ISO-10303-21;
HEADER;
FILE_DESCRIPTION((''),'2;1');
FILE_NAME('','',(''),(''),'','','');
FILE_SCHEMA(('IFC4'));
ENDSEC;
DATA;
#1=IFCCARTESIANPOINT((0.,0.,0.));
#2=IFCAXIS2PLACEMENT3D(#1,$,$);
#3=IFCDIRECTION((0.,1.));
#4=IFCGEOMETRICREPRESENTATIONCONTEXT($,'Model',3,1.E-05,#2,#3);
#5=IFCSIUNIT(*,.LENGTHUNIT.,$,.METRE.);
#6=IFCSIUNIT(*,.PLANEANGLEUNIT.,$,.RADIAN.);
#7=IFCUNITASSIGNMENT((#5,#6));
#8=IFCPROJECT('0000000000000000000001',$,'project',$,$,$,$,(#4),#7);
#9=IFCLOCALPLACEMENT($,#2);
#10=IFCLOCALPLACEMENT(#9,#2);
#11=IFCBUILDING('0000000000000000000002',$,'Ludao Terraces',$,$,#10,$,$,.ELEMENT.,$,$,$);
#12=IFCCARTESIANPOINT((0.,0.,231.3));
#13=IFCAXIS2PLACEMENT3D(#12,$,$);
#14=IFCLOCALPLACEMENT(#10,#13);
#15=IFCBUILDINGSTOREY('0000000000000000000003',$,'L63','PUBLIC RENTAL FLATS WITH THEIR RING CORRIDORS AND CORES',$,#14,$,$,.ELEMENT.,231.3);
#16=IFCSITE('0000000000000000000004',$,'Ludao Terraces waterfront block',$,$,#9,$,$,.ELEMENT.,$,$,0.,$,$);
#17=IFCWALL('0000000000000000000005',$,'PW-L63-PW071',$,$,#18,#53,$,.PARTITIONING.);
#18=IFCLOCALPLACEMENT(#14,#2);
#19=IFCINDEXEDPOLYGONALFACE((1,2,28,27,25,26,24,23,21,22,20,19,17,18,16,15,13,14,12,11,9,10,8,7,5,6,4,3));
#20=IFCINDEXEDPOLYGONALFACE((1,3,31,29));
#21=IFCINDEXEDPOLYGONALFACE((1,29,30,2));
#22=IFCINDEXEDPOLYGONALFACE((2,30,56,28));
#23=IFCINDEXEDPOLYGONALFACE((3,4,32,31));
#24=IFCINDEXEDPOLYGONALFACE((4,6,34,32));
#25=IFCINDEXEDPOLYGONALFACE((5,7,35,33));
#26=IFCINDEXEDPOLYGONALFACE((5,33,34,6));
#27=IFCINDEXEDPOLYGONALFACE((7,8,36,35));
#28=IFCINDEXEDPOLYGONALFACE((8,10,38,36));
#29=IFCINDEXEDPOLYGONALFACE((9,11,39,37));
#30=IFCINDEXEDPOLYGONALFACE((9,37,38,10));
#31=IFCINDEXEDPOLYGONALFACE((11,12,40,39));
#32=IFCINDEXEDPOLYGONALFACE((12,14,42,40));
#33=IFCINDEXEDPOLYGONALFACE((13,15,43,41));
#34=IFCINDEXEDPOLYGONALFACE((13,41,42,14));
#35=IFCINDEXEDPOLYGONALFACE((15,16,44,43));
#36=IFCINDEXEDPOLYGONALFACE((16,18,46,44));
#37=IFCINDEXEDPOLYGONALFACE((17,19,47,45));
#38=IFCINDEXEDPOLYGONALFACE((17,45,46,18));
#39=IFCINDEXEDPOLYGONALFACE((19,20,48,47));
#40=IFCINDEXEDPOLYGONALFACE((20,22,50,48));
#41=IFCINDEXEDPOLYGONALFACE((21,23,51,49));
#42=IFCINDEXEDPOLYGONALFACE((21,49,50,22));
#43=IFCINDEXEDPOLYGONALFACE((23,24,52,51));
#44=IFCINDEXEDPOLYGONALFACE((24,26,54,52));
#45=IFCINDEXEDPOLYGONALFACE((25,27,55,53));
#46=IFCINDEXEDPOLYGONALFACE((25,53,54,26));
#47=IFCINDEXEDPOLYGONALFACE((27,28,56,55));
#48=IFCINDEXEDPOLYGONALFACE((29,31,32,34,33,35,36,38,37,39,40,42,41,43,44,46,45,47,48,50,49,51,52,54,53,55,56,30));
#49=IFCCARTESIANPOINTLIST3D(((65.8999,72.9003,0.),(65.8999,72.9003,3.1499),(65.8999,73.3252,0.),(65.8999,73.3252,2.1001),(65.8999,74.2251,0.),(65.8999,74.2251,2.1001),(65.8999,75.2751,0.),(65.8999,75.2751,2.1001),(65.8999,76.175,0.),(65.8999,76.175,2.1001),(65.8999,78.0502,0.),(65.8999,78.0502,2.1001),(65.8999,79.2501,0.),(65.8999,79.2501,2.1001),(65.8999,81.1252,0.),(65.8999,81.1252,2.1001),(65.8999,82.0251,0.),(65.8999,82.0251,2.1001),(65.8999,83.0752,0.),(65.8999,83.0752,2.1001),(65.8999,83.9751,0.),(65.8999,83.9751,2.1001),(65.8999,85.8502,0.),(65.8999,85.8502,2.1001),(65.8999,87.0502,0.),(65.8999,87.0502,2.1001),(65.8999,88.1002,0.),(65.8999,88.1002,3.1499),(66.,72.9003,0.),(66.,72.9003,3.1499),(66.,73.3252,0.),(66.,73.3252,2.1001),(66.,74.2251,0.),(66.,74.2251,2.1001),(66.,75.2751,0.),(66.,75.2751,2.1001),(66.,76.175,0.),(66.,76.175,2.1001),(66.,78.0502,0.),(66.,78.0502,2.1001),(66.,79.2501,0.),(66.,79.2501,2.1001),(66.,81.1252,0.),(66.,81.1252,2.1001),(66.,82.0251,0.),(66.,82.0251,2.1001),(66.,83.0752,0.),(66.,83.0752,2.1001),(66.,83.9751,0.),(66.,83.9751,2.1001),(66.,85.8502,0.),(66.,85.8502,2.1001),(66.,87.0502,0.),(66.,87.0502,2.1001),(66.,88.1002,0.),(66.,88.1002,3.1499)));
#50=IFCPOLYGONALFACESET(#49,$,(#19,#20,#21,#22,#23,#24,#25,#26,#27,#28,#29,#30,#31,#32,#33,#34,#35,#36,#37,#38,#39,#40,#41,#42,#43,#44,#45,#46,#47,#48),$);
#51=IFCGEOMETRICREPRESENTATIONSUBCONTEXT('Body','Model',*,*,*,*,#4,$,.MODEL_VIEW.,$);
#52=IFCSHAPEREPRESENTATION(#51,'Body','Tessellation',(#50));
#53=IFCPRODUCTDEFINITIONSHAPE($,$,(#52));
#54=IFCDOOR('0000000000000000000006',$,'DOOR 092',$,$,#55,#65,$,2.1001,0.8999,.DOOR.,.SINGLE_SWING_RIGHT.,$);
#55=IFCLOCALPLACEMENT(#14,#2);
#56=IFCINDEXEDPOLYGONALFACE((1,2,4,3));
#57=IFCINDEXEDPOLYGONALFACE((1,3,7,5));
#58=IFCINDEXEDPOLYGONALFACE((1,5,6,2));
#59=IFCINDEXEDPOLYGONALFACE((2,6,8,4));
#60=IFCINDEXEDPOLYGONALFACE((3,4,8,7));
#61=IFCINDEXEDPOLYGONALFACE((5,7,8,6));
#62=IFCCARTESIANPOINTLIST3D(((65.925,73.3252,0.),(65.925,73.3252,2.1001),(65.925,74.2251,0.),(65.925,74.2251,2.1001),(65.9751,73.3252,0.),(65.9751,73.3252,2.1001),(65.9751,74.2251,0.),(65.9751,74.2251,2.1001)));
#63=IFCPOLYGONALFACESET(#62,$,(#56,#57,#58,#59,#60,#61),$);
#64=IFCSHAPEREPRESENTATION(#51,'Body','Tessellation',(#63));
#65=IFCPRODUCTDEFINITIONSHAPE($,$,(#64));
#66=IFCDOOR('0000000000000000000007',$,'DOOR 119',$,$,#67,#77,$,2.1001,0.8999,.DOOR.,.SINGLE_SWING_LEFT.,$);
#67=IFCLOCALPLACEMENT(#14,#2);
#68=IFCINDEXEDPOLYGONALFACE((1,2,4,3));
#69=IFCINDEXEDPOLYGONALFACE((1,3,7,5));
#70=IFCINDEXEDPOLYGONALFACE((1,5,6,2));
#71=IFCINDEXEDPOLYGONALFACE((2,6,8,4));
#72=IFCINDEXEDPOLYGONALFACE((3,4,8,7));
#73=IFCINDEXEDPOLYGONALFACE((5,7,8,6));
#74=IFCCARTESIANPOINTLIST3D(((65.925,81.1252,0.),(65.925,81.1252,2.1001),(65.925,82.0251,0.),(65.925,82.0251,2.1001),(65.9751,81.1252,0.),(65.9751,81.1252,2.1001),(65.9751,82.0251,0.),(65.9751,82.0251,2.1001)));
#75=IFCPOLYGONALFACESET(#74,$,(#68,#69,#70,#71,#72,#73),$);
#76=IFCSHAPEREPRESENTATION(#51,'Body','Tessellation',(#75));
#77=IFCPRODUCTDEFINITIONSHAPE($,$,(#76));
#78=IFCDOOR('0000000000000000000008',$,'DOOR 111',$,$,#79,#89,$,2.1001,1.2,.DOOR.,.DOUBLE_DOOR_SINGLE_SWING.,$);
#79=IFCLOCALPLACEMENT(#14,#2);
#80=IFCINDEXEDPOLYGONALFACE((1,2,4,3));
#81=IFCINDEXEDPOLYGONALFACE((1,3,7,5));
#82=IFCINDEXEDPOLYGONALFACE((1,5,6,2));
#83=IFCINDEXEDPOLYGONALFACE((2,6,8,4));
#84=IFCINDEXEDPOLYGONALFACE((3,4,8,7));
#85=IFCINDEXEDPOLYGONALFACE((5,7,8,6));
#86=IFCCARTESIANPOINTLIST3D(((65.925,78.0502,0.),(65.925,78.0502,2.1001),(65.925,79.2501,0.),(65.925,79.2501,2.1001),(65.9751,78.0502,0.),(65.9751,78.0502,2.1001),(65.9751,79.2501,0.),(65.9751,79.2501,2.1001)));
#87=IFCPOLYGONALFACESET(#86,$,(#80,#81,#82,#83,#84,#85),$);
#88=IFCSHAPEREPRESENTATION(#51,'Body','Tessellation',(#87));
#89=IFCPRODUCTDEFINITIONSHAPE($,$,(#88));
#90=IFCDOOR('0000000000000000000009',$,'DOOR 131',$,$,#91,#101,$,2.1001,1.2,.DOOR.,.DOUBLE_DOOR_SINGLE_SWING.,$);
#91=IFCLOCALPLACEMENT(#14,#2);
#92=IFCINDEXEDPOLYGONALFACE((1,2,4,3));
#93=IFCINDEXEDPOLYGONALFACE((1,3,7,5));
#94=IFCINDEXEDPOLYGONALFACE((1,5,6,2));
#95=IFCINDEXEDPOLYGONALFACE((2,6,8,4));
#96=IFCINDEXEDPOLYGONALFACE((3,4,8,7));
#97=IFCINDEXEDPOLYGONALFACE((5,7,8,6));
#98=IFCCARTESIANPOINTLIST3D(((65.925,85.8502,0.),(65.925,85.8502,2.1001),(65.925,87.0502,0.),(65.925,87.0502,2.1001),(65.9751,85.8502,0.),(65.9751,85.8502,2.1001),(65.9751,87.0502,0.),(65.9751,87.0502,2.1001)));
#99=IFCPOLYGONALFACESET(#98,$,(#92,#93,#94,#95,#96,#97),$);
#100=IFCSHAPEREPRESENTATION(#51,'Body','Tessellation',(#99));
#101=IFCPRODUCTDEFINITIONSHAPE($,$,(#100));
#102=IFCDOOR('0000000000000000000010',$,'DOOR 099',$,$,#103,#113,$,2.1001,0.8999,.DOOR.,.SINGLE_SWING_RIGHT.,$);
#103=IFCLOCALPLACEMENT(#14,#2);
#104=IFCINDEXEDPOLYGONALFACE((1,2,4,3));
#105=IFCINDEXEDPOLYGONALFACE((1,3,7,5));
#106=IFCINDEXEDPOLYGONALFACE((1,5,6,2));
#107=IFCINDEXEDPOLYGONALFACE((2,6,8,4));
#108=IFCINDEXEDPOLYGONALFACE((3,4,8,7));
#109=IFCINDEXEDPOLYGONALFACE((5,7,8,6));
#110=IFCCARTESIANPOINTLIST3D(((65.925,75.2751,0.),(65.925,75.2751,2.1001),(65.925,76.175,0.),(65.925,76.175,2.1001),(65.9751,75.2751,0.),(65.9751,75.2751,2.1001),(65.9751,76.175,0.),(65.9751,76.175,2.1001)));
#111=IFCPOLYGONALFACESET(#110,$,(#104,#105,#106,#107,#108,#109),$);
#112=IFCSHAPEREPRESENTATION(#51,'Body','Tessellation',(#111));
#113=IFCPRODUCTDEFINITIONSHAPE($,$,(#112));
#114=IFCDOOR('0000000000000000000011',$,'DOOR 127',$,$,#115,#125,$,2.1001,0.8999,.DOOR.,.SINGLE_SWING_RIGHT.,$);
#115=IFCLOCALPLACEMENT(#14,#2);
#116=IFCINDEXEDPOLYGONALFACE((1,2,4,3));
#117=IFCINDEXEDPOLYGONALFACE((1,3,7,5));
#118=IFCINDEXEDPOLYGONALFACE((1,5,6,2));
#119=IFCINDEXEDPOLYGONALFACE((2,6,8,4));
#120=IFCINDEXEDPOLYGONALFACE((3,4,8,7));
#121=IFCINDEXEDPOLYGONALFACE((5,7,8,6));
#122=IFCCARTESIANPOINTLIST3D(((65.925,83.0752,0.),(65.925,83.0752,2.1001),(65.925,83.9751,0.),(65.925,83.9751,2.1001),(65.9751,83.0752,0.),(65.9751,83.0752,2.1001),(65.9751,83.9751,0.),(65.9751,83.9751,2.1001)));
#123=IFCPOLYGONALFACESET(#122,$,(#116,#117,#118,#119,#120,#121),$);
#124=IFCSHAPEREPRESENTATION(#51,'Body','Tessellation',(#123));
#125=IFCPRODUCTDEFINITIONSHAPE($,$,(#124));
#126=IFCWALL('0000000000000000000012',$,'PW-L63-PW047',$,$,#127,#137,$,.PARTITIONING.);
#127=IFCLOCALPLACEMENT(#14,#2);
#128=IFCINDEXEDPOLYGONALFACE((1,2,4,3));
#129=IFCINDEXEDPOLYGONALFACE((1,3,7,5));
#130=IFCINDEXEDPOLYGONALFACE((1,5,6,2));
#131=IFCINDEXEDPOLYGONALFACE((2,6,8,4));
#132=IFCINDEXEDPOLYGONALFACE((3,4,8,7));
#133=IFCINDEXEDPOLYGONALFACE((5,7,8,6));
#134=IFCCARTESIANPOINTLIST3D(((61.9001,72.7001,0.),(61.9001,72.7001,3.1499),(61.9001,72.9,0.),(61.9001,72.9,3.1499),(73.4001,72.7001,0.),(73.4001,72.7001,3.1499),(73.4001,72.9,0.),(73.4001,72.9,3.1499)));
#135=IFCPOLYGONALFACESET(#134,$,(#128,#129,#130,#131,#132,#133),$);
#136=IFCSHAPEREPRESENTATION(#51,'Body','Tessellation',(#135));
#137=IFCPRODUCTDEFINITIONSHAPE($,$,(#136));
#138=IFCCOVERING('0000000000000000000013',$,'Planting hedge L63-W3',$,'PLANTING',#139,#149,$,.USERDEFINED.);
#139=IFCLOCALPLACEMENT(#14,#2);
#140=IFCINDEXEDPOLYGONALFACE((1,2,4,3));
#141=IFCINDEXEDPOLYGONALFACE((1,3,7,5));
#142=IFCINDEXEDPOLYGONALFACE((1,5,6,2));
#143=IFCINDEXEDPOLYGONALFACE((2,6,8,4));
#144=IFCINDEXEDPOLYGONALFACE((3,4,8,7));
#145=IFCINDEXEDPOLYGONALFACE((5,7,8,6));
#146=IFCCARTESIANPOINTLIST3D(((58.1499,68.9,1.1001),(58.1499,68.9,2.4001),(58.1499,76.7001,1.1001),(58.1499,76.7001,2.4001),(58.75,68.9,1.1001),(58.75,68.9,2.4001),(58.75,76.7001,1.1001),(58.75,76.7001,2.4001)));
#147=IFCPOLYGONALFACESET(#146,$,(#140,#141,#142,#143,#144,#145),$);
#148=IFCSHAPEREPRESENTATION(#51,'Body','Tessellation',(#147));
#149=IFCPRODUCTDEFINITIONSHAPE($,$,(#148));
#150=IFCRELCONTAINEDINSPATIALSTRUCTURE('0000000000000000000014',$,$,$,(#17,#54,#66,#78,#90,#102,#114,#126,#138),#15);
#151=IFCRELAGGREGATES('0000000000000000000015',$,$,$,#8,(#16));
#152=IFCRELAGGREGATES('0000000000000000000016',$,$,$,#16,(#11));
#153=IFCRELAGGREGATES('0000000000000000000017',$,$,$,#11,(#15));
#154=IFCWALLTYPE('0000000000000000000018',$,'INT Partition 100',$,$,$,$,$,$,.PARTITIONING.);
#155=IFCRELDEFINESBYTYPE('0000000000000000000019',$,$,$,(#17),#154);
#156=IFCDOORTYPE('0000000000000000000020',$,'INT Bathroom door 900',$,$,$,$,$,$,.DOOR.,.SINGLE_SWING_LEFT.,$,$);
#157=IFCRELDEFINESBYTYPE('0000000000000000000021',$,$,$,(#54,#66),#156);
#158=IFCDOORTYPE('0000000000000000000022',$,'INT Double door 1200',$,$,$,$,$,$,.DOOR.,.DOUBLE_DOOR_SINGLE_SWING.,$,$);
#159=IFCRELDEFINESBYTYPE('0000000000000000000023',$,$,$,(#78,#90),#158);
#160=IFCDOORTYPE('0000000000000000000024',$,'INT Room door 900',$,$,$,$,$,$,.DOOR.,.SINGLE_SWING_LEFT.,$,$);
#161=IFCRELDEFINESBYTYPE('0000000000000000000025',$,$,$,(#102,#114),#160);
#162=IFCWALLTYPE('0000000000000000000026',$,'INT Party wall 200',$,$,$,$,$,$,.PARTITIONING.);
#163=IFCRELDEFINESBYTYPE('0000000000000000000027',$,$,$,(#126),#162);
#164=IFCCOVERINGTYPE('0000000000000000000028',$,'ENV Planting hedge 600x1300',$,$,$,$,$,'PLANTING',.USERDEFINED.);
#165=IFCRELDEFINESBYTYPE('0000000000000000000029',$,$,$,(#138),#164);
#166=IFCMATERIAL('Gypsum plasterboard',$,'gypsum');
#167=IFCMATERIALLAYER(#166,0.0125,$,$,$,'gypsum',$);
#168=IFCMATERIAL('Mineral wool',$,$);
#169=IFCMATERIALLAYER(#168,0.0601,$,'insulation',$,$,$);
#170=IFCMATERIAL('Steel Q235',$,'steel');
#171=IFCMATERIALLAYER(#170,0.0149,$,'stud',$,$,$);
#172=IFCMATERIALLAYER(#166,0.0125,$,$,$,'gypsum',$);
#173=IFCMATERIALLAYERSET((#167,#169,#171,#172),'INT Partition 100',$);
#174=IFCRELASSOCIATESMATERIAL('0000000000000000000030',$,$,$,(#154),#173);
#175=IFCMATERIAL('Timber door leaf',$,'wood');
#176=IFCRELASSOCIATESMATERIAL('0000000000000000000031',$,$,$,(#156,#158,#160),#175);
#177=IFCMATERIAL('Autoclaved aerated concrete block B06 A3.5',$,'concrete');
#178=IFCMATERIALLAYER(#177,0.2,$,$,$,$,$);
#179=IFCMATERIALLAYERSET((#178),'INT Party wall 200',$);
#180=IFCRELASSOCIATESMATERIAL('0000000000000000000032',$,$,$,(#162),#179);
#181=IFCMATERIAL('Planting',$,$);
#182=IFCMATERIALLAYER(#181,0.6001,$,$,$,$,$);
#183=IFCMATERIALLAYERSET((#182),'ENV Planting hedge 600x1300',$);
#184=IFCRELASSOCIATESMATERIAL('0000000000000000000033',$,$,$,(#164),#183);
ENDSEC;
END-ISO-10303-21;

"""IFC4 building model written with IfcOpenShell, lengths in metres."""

from ifc_helpers import new_model, si_unit, direction, frame, frame_2d, origin, origin_2d, place, context, subcontext, project, spatial, rectangle, extrude, material, layer, layer_set, type_object, element, fill, save


model = new_model("IFC4")

# Units and contexts
model_context = context("Model", 3, precision=1e-05, world=origin(), true_north=direction((0.0, 1.0)))
body_context = subcontext(model_context, "Body", "Model", "MODEL_VIEW")
ifc_project = project(units=[si_unit("LENGTHUNIT", "METRE"), si_unit("PLANEANGLEUNIT", "RADIAN")], contexts=[model_context])

# Site, building, storey
site_placement = place(None, origin())
site = spatial("IfcSite", under=ifc_project, at=site_placement, Name="Ludao Terraces waterfront block", CompositionType="ELEMENT", RefElevation=0.0)
building_placement = place(site_placement, origin())
building = spatial("IfcBuilding", under=site, at=building_placement, Name="Ludao Terraces", CompositionType="ELEMENT")
storey_placement = place(building_placement, frame((0.0, 0.0, 231.3)))
storey = spatial("IfcBuildingStorey", under=building, at=storey_placement, Name="L63", Description="PUBLIC RENTAL FLATS WITH THEIR RING CORRIDORS AND CORES", CompositionType="ELEMENT", Elevation=231.3)

# Shared definitions
ifc_material_1 = material(Name="Mineral wool")

# Shared definitions
ifc_material_2 = material(Name="Gypsum plasterboard", Category="gypsum")
ifc_layer_1 = layer(ifc_material_2, 0.0125, Category="gypsum")
ifc_layer_2 = layer(ifc_material_1, 0.0601, Name="insulation")
ifc_material_3 = material(Name="Steel Q235", Category="steel")
ifc_layer_3 = layer(ifc_material_3, 0.0149, Name="stud")
ifc_layer_4 = layer(ifc_material_2, 0.0125, Category="gypsum")
ifc_layer_set_1 = layer_set([ifc_layer_1, ifc_layer_2, ifc_layer_3, ifc_layer_4], Name="INT Partition 100")
wall_type_1 = type_object("IfcWallType", Name="INT Partition 100", PredefinedType="PARTITIONING", material=ifc_layer_set_1)

# Wall, openings, doors
wall_1_placement = place(storey_placement, frame((65.95, 72.9001, 0.0), z_axis=(0.0, 0.0, 1.0), x_axis=(0.0, 1.0, 0.0)))
wall_1 = element("IfcWall", 1, at=wall_1_placement, inside=storey, type_object=wall_type_1, Name="PW-L63-PW071", PredefinedType="PARTITIONING", context=body_context, shape_type="SweptSolid", body=[
    extrude(rectangle(XDim=15.2, YDim=0.1001, at=frame_2d((7.6001, 0.0))), origin(), (0.0, 0.0, 1.0), 3.1499),
])
opening_1_placement = place(wall_1_placement, frame((0.425, 0.0, 0.0)))
opening_1 = element("IfcOpeningElement", 2, at=opening_1_placement, cuts=wall_1, PredefinedType="OPENING", context=body_context, shape_type="SweptSolid", body=[
    extrude(rectangle(XDim=0.8999, YDim=2.1001, at=frame_2d((0.45, 1.05))), frame((0.0, 0.0601, 0.0), z_axis=(0.0, -1.0, 0.0), x_axis=(1.0, 0.0, 0.0)), (0.0, 0.0, 1.0), 0.1201),
])
opening_2_placement = place(wall_1_placement, frame((2.375, 0.0, 0.0)))
opening_2 = element("IfcOpeningElement", 3, at=opening_2_placement, cuts=wall_1, PredefinedType="OPENING", context=body_context, shape_type="SweptSolid", body=[
    extrude(rectangle(XDim=0.8999, YDim=2.1001, at=frame_2d((0.45, 1.05))), frame((0.0, 0.0601, 0.0), z_axis=(0.0, -1.0, 0.0), x_axis=(1.0, 0.0, 0.0)), (0.0, 0.0, 1.0), 0.1201),
])
opening_3_placement = place(wall_1_placement, frame((5.1499, 0.0, 0.0)))
opening_3 = element("IfcOpeningElement", 4, at=opening_3_placement, cuts=wall_1, PredefinedType="OPENING", context=body_context, shape_type="SweptSolid", body=[
    extrude(rectangle(XDim=1.2, YDim=2.1001, at=frame_2d((0.6001, 1.05))), frame((0.0, 0.0601, 0.0), z_axis=(0.0, -1.0, 0.0), x_axis=(1.0, 0.0, 0.0)), (0.0, 0.0, 1.0), 0.1201),
])
opening_4_placement = place(wall_1_placement, frame((8.2251, 0.0, 0.0)))
opening_4 = element("IfcOpeningElement", 5, at=opening_4_placement, cuts=wall_1, PredefinedType="OPENING", context=body_context, shape_type="SweptSolid", body=[
    extrude(rectangle(XDim=0.8999, YDim=2.1001, at=frame_2d((0.45, 1.05))), frame((0.0, 0.0601, 0.0), z_axis=(0.0, -1.0, 0.0), x_axis=(1.0, 0.0, 0.0)), (0.0, 0.0, 1.0), 0.1201),
])
opening_5_placement = place(wall_1_placement, frame((10.175, 0.0, 0.0)))
opening_5 = element("IfcOpeningElement", 6, at=opening_5_placement, cuts=wall_1, PredefinedType="OPENING", context=body_context, shape_type="SweptSolid", body=[
    extrude(rectangle(XDim=0.8999, YDim=2.1001, at=frame_2d((0.45, 1.05))), frame((0.0, 0.0601, 0.0), z_axis=(0.0, -1.0, 0.0), x_axis=(1.0, 0.0, 0.0)), (0.0, 0.0, 1.0), 0.1201),
])
opening_6_placement = place(wall_1_placement, frame((12.95, 0.0, 0.0)))
opening_6 = element("IfcOpeningElement", 7, at=opening_6_placement, cuts=wall_1, PredefinedType="OPENING", context=body_context, shape_type="SweptSolid", body=[
    extrude(rectangle(XDim=1.2, YDim=2.1001, at=frame_2d((0.6001, 1.05))), frame((0.0, 0.0601, 0.0), z_axis=(0.0, -1.0, 0.0), x_axis=(1.0, 0.0, 0.0)), (0.0, 0.0, 1.0), 0.1201),
])
ifc_material_4 = material(Name="Timber door leaf", Category="wood")
door_type_1 = type_object("IfcDoorType", Name="INT Bathroom door 900", OperationType="SINGLE_SWING_LEFT", PredefinedType="DOOR", material=ifc_material_4)
door_1_placement = place(opening_1_placement, origin())
door_1 = element("IfcDoor", 8, at=door_1_placement, inside=storey, type_object=door_type_1, Name="DOOR 092", OperationType="SINGLE_SWING_RIGHT", OverallHeight=2.1001, OverallWidth=0.8999, PredefinedType="DOOR", context=body_context, shape_type="SweptSolid", body=[
    extrude(rectangle(XDim=0.8999, YDim=2.1001, at=frame_2d((0.45, 1.05))), frame((0.0, 0.0249, 0.0), z_axis=(0.0, -1.0, 0.0), x_axis=(1.0, 0.0, 0.0)), (0.0, 0.0, 1.0), 0.05),
])
fill(opening_1, door_1)
door_2_placement = place(opening_4_placement, origin())
door_2 = element("IfcDoor", 9, at=door_2_placement, inside=storey, type_object=door_type_1, Name="DOOR 119", OperationType="SINGLE_SWING_LEFT", OverallHeight=2.1001, OverallWidth=0.8999, PredefinedType="DOOR", context=body_context, shape_type="SweptSolid", body=[
    extrude(rectangle(XDim=0.8999, YDim=2.1001, at=frame_2d((0.45, 1.05))), frame((0.0, 0.0249, 0.0), z_axis=(0.0, -1.0, 0.0), x_axis=(1.0, 0.0, 0.0)), (0.0, 0.0, 1.0), 0.05),
])
fill(opening_4, door_2)
door_type_2 = type_object("IfcDoorType", Name="INT Double door 1200", OperationType="DOUBLE_DOOR_SINGLE_SWING", PredefinedType="DOOR", material=ifc_material_4)
door_3_placement = place(opening_3_placement, origin())
door_3 = element("IfcDoor", 10, at=door_3_placement, inside=storey, type_object=door_type_2, Name="DOOR 111", OperationType="DOUBLE_DOOR_SINGLE_SWING", OverallHeight=2.1001, OverallWidth=1.2, PredefinedType="DOOR", context=body_context, shape_type="SweptSolid", body=[
    extrude(rectangle(XDim=1.2, YDim=2.1001, at=frame_2d((0.6001, 1.05))), frame((0.0, 0.0249, 0.0), z_axis=(0.0, -1.0, 0.0), x_axis=(1.0, 0.0, 0.0)), (0.0, 0.0, 1.0), 0.05),
])
fill(opening_3, door_3)
door_4_placement = place(opening_6_placement, origin())
door_4 = element("IfcDoor", 11, at=door_4_placement, inside=storey, type_object=door_type_2, Name="DOOR 131", OperationType="DOUBLE_DOOR_SINGLE_SWING", OverallHeight=2.1001, OverallWidth=1.2, PredefinedType="DOOR", context=body_context, shape_type="SweptSolid", body=[
    extrude(rectangle(XDim=1.2, YDim=2.1001, at=frame_2d((0.6001, 1.05))), frame((0.0, 0.0249, 0.0), z_axis=(0.0, -1.0, 0.0), x_axis=(1.0, 0.0, 0.0)), (0.0, 0.0, 1.0), 0.05),
])
fill(opening_6, door_4)
door_type_3 = type_object("IfcDoorType", Name="INT Room door 900", OperationType="SINGLE_SWING_LEFT", PredefinedType="DOOR", material=ifc_material_4)
door_5_placement = place(opening_2_placement, origin())
door_5 = element("IfcDoor", 12, at=door_5_placement, inside=storey, type_object=door_type_3, Name="DOOR 099", OperationType="SINGLE_SWING_RIGHT", OverallHeight=2.1001, OverallWidth=0.8999, PredefinedType="DOOR", context=body_context, shape_type="SweptSolid", body=[
    extrude(rectangle(XDim=0.8999, YDim=2.1001, at=frame_2d((0.45, 1.05))), frame((0.0, 0.0249, 0.0), z_axis=(0.0, -1.0, 0.0), x_axis=(1.0, 0.0, 0.0)), (0.0, 0.0, 1.0), 0.05),
])
fill(opening_2, door_5)
door_6_placement = place(opening_5_placement, origin())
door_6 = element("IfcDoor", 13, at=door_6_placement, inside=storey, type_object=door_type_3, Name="DOOR 127", OperationType="SINGLE_SWING_RIGHT", OverallHeight=2.1001, OverallWidth=0.8999, PredefinedType="DOOR", context=body_context, shape_type="SweptSolid", body=[
    extrude(rectangle(XDim=0.8999, YDim=2.1001, at=frame_2d((0.45, 1.05))), frame((0.0, 0.0249, 0.0), z_axis=(0.0, -1.0, 0.0), x_axis=(1.0, 0.0, 0.0)), (0.0, 0.0, 1.0), 0.05),
])
fill(opening_5, door_6)

# Wall
ifc_material_5 = material(Name="Autoclaved aerated concrete block B06 A3.5", Category="concrete")
ifc_layer_5 = layer(ifc_material_5, 0.2)
ifc_layer_set_2 = layer_set([ifc_layer_5], Name="INT Party wall 200")
wall_type_2 = type_object("IfcWallType", Name="INT Party wall 200", PredefinedType="PARTITIONING", material=ifc_layer_set_2)
wall_2_placement = place(storey_placement, frame((61.9001, 72.8, 0.0), z_axis=(0.0, 0.0, 1.0), x_axis=(1.0, 0.0, 0.0)))
element("IfcWall", 14, at=wall_2_placement, inside=storey, type_object=wall_type_2, Name="PW-L63-PW047", PredefinedType="PARTITIONING", context=body_context, shape_type="SweptSolid", body=[
    extrude(rectangle(XDim=11.5, YDim=0.2, at=frame_2d((5.75, 0.0))), origin(), (0.0, 0.0, 1.0), 3.1499),
])

# Covering
ifc_material_6 = material(Name="Planting")
ifc_layer_6 = layer(ifc_material_6, 0.6001)
ifc_layer_set_3 = layer_set([ifc_layer_6], Name="ENV Planting hedge 600x1300")
covering_type = type_object("IfcCoveringType", Name="ENV Planting hedge 600x1300", ElementType="PLANTING", PredefinedType="USERDEFINED", material=ifc_layer_set_3)
covering_placement = place(storey_placement, frame((58.45, 72.8, 1.1001), z_axis=(0.0, 0.0, 1.0), x_axis=(1.0, 0.0, 0.0)))
element("IfcCovering", 15, at=covering_placement, inside=storey, type_object=covering_type, Name="Planting hedge L63-W3", ObjectType="PLANTING", PredefinedType="USERDEFINED", context=body_context, shape_type="SweptSolid", body=[
    extrude(rectangle(XDim=0.6001, YDim=7.8, at=origin_2d()), origin(), (0.0, 0.0, 1.0), 1.3),
])

save(model, "model.ifc")
